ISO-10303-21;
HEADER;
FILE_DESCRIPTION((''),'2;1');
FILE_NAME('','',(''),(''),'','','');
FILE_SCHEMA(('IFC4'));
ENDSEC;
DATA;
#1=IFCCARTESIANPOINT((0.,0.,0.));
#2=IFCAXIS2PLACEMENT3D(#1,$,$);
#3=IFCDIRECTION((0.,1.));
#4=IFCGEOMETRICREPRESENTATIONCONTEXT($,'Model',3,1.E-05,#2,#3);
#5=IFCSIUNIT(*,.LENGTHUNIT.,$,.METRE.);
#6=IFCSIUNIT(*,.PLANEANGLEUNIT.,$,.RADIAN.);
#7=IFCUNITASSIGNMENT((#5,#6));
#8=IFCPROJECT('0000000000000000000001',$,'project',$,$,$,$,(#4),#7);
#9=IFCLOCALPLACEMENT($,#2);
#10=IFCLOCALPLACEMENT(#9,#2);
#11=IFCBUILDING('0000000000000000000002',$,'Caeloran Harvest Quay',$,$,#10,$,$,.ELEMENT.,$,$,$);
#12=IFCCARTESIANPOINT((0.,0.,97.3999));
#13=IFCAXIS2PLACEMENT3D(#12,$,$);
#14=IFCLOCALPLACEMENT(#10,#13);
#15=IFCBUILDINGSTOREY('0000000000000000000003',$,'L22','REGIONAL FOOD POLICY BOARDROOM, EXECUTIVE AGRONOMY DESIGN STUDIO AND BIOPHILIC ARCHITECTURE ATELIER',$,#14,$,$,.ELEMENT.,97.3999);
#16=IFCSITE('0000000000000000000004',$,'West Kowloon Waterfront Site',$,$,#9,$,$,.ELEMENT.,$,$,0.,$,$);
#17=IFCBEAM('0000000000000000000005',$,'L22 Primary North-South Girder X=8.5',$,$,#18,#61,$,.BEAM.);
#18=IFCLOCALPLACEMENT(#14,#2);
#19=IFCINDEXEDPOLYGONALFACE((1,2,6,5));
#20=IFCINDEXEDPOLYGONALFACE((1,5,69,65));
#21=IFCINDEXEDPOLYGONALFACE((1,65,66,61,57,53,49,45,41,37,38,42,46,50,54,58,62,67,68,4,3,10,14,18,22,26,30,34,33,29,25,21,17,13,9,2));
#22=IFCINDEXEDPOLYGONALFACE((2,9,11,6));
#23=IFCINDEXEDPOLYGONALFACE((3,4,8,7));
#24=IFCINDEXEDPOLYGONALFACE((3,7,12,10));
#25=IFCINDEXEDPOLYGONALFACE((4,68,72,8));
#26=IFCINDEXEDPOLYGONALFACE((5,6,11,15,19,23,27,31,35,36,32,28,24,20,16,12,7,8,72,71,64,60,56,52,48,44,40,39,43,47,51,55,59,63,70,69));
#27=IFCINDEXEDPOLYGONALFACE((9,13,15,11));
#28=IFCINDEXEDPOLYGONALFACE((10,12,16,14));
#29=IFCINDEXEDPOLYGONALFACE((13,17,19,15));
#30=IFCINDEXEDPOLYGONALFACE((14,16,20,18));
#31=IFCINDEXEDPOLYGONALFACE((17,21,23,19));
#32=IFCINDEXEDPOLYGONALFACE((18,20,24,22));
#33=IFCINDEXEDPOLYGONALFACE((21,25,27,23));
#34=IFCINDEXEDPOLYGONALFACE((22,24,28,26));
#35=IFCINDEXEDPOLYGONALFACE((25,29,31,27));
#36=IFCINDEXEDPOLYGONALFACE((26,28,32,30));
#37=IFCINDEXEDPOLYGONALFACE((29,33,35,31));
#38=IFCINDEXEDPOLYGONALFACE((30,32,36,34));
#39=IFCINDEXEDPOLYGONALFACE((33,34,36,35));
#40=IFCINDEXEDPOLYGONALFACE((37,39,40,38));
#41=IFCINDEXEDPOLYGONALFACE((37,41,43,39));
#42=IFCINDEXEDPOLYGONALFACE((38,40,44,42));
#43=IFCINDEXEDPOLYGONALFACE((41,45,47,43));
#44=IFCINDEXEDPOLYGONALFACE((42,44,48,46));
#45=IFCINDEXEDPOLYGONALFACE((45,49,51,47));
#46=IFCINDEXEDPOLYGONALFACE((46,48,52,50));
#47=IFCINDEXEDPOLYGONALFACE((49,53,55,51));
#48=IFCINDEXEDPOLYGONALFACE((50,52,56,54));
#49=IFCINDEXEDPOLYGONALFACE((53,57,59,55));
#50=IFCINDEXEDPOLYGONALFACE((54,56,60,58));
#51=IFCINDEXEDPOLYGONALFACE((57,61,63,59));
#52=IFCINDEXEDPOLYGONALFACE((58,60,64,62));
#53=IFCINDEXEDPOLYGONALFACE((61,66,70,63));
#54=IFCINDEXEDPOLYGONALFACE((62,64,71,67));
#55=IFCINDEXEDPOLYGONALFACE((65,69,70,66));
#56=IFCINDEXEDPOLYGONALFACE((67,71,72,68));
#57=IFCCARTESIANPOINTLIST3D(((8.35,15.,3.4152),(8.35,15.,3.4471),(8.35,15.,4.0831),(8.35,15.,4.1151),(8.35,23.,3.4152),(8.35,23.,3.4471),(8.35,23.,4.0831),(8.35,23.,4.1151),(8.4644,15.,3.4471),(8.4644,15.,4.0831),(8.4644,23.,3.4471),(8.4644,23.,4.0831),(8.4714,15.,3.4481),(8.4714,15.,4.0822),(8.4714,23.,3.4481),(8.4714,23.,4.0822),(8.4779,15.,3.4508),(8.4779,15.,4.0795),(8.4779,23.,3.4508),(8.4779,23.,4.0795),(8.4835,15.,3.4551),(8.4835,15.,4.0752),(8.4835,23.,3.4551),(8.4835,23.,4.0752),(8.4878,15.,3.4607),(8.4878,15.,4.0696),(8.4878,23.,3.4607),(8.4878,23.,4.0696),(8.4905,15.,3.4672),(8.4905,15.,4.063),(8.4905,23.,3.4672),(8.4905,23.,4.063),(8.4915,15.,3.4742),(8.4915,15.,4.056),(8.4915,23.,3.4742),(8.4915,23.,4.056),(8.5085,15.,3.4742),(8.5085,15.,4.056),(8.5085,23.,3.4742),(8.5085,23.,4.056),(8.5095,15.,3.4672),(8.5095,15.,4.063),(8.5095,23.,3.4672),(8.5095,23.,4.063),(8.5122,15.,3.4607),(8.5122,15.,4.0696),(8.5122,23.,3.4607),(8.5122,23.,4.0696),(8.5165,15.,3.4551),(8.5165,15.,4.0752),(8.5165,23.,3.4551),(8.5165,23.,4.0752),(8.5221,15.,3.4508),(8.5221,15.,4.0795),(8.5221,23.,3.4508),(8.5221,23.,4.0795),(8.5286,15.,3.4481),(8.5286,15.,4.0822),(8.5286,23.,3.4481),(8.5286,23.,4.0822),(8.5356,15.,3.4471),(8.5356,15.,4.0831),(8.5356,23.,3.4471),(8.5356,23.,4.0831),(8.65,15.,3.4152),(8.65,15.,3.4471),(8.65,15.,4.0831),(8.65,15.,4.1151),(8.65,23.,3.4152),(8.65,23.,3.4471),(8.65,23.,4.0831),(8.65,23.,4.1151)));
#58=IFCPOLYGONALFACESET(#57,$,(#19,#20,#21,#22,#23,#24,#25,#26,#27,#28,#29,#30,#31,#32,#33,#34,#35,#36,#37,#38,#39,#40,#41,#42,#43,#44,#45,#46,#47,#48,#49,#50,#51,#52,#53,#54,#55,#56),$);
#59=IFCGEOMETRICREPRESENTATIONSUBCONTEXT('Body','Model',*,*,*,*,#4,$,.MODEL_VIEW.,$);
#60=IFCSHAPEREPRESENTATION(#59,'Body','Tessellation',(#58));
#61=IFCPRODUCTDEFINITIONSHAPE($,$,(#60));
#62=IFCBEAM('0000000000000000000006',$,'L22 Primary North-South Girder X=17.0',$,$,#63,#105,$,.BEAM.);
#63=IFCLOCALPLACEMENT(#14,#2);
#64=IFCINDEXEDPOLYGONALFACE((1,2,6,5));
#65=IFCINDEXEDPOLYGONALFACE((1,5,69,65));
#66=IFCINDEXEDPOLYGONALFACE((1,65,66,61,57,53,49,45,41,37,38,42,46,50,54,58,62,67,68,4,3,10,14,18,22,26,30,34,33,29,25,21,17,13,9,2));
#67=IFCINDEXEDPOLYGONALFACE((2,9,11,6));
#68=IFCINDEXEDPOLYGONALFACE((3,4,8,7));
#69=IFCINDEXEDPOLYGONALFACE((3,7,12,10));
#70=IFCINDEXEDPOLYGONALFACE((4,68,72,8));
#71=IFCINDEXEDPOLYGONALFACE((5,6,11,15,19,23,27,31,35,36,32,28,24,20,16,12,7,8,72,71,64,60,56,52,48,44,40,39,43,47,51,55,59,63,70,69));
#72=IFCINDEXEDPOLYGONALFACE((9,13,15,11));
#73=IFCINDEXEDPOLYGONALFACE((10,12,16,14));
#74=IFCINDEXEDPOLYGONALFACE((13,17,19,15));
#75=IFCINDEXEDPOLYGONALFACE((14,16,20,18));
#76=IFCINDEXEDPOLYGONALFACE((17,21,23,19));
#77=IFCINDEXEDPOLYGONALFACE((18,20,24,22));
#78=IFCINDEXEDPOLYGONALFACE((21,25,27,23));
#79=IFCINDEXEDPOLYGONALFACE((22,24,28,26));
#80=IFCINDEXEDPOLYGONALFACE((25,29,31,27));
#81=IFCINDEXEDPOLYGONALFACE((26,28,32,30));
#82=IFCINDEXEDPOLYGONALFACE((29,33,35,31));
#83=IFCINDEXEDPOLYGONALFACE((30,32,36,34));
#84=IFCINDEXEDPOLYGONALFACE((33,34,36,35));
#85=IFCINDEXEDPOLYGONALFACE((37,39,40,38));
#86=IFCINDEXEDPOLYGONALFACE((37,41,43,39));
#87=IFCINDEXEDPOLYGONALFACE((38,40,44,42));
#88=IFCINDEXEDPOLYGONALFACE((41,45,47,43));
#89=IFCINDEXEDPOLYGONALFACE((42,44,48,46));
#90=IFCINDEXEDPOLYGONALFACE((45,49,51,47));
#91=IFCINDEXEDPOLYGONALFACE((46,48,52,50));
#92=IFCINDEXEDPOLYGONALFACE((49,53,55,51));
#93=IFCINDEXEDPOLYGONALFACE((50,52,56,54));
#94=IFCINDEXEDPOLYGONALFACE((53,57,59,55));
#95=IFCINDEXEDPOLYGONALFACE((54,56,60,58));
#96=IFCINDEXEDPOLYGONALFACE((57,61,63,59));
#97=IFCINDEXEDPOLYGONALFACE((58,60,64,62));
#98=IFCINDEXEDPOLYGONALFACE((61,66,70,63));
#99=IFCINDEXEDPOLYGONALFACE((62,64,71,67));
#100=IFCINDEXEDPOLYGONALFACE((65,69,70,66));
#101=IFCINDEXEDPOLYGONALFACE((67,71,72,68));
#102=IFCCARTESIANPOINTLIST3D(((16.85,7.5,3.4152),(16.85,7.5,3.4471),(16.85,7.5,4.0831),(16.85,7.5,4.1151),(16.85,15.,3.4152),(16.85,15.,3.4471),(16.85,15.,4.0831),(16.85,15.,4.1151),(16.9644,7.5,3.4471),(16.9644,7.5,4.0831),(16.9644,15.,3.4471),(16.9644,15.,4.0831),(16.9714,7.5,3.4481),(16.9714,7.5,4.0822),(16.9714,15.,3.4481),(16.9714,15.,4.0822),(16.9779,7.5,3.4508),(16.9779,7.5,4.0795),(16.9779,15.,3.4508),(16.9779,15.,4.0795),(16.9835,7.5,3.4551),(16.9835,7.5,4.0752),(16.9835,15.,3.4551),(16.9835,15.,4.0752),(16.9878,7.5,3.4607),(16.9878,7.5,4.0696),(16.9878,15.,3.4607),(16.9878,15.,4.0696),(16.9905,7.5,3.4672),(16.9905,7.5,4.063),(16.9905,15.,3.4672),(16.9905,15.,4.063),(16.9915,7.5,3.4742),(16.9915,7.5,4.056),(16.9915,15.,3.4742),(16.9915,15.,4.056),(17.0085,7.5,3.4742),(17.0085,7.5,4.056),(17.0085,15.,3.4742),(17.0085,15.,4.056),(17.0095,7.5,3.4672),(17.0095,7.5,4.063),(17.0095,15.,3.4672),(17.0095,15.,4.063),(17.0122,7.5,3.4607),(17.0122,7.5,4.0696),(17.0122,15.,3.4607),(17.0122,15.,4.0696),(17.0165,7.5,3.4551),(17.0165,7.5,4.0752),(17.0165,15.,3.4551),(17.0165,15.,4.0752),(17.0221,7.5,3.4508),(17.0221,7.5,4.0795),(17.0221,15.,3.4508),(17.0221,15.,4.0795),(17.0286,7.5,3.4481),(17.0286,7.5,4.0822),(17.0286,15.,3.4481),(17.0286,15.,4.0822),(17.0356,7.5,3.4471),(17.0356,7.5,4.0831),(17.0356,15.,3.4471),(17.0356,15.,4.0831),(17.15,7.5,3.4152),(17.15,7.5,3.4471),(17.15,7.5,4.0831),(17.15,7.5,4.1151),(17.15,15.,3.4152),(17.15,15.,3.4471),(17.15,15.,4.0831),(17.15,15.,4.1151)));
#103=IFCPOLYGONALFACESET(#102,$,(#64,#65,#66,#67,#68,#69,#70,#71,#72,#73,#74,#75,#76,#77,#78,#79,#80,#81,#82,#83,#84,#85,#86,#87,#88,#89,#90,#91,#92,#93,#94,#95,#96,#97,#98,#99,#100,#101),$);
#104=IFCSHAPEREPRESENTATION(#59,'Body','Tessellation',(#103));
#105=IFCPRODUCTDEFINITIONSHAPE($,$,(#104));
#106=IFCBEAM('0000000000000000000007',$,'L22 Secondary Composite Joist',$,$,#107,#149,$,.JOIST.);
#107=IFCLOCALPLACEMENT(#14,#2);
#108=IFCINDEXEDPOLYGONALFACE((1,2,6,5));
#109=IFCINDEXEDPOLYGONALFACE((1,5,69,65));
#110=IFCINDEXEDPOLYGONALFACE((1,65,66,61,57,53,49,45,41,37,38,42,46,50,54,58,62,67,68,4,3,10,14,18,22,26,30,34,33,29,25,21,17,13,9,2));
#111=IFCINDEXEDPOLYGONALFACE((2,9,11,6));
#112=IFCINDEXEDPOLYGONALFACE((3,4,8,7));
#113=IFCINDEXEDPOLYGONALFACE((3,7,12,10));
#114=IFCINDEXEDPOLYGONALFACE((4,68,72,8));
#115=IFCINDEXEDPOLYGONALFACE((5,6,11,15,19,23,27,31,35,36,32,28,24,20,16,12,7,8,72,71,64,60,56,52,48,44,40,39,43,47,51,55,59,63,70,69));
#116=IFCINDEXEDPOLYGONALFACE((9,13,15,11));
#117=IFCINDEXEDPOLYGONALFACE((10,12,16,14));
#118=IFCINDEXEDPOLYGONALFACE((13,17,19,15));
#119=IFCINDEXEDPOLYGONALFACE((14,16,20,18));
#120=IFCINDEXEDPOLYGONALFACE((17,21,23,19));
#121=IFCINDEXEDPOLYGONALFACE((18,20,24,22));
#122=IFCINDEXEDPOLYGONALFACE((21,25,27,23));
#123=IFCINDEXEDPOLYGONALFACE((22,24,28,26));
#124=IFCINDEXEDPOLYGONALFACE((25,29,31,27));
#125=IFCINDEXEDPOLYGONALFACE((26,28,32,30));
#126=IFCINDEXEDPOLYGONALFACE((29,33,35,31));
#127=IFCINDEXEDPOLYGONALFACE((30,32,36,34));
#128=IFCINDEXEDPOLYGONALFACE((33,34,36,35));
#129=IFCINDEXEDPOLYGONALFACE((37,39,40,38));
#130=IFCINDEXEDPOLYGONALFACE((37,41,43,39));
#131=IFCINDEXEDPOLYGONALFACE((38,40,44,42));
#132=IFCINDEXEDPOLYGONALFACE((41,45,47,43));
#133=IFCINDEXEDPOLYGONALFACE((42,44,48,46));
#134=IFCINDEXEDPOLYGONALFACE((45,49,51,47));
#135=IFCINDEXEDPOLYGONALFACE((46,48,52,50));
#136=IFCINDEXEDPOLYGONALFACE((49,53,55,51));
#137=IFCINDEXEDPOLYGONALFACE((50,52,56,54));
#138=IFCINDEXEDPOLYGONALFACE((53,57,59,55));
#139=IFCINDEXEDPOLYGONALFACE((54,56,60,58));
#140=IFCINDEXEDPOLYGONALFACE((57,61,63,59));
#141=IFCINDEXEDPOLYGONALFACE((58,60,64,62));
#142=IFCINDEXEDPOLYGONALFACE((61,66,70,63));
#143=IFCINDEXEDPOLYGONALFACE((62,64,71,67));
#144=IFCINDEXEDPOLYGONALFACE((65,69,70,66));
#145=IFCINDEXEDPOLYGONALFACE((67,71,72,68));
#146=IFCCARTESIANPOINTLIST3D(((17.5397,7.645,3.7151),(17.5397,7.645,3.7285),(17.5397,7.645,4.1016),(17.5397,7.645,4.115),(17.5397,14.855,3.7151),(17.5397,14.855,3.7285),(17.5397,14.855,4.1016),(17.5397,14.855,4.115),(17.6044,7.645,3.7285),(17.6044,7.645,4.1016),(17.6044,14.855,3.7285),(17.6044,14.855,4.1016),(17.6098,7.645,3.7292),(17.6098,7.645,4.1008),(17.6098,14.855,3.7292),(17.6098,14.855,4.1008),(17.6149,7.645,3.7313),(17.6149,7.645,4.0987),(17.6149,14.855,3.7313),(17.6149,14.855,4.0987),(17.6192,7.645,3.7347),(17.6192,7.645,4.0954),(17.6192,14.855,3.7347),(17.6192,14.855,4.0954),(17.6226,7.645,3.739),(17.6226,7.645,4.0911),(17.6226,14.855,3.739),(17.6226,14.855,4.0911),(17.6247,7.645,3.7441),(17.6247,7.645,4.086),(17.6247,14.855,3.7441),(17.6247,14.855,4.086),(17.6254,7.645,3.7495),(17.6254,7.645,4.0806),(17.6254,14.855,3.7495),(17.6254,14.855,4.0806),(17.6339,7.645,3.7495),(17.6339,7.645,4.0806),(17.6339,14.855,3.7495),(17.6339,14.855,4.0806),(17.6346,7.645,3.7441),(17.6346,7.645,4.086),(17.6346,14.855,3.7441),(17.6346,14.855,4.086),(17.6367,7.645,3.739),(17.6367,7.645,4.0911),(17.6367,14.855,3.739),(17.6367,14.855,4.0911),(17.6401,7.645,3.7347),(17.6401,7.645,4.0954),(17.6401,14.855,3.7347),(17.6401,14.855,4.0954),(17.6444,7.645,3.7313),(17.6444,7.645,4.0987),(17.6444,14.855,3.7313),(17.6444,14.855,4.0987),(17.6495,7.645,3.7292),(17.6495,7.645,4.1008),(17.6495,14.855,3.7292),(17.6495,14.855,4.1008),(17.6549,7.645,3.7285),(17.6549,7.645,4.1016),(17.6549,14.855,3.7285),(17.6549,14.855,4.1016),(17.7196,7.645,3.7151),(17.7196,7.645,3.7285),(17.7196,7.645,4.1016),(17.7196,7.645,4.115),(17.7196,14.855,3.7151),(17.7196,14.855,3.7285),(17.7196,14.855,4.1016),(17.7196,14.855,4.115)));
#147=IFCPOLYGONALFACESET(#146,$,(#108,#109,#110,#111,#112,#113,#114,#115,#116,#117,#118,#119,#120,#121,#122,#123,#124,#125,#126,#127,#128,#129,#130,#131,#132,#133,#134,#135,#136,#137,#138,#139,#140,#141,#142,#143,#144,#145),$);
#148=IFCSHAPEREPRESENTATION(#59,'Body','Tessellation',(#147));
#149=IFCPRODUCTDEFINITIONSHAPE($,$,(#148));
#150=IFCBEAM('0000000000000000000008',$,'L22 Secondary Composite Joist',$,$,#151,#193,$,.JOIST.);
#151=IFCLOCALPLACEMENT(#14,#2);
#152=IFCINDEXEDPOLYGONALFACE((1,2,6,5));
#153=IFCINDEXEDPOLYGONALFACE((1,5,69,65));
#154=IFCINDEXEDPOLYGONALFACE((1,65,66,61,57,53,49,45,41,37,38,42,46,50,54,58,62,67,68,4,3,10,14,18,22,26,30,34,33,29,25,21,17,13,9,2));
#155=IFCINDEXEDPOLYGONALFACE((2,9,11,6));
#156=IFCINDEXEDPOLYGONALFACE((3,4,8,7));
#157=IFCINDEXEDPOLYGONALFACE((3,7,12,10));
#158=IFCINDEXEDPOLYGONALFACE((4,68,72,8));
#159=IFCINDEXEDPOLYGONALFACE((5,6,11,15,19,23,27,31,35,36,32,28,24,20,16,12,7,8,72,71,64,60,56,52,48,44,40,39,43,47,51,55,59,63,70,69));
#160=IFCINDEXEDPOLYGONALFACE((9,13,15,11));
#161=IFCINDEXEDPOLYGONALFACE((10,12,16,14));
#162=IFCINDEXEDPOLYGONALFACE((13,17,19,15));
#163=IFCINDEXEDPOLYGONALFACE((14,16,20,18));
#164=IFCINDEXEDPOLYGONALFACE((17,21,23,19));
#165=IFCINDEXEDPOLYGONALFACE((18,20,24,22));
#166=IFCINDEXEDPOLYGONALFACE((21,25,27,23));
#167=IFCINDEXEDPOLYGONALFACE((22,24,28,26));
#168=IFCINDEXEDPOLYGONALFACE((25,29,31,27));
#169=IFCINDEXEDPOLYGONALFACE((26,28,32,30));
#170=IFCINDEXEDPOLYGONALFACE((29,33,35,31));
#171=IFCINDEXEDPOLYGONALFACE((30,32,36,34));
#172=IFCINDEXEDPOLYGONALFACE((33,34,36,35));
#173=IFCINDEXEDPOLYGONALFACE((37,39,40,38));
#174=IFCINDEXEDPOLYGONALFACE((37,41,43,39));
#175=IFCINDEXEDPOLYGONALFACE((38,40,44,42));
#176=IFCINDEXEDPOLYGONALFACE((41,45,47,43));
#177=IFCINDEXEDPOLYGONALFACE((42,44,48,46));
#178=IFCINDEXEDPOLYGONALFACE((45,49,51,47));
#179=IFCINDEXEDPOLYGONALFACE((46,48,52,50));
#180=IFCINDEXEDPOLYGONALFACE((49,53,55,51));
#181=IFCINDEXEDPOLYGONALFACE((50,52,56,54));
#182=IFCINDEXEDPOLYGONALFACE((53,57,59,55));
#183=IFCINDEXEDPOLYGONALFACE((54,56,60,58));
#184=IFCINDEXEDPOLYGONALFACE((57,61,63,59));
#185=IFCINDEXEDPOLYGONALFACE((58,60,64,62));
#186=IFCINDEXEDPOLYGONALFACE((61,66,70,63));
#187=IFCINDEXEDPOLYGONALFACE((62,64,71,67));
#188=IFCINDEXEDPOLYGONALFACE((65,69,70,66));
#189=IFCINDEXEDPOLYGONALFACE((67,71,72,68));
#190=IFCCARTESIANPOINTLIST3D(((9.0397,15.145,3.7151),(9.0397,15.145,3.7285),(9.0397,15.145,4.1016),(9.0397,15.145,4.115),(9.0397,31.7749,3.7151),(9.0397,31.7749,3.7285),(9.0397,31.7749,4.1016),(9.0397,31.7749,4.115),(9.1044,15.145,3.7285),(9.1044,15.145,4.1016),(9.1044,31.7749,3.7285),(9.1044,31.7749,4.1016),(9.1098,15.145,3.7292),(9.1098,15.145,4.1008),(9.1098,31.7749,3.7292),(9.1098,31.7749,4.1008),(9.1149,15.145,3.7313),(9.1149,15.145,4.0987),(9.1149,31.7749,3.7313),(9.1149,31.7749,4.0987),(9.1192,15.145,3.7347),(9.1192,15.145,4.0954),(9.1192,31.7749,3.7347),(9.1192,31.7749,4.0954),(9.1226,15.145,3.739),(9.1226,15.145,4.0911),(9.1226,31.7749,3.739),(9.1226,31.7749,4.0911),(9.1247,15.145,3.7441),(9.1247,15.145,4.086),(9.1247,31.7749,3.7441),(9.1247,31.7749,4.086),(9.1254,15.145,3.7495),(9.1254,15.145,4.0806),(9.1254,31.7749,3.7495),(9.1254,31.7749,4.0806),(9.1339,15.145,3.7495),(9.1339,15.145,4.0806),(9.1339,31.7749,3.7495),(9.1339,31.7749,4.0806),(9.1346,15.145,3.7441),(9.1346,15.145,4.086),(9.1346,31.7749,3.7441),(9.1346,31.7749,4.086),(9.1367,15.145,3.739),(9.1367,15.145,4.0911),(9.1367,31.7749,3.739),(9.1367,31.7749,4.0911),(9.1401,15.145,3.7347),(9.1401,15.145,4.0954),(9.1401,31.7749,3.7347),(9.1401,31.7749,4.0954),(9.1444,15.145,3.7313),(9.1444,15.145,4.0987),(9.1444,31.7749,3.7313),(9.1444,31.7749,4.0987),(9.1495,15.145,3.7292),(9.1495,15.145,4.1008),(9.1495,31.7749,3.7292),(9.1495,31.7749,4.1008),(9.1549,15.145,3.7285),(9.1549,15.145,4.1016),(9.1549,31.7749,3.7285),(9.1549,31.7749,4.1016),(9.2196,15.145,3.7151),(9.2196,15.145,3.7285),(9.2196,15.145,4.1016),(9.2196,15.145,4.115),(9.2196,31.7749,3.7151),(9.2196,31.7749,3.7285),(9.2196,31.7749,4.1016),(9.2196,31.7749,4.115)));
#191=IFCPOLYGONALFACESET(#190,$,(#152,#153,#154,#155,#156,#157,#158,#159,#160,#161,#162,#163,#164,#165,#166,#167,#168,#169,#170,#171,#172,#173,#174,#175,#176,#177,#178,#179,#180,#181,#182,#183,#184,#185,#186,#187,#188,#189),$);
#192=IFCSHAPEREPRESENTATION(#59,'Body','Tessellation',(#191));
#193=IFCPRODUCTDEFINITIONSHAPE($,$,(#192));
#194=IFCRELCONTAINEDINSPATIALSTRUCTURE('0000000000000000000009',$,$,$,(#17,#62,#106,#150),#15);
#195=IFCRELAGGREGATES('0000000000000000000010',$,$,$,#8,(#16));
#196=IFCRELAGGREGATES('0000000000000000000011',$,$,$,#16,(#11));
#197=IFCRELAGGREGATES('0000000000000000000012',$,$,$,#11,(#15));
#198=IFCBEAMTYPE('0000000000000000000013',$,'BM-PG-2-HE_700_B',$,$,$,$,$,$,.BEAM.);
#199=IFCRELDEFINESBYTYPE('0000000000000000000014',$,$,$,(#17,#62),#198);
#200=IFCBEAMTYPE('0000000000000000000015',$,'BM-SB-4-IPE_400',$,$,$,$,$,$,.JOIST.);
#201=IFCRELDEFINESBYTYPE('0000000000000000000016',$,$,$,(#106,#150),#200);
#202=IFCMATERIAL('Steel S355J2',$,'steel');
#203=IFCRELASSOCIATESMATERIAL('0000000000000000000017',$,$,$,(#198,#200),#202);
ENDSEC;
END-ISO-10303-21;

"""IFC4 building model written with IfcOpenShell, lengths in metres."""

from ifc_helpers import new_model, si_unit, direction, frame, origin, origin_2d, place, context, subcontext, project, spatial, i_section, extrude, material, material_profile, profile_set, type_object, element, save


model = new_model("IFC4")

# Units and contexts
model_context = context("Model", 3, precision=1e-05, world=origin(), true_north=direction((0.0, 1.0)))
body_context = subcontext(model_context, "Body", "Model", "MODEL_VIEW")
ifc_project = project(units=[si_unit("LENGTHUNIT", "METRE"), si_unit("PLANEANGLEUNIT", "RADIAN")], contexts=[model_context])

# Site, building, storey
site_placement = place(None, origin())
site = spatial("IfcSite", under=ifc_project, at=site_placement, Name="West Kowloon Waterfront Site", CompositionType="ELEMENT", RefElevation=0.0)
building_placement = place(site_placement, origin())
building = spatial("IfcBuilding", under=site, at=building_placement, Name="Caeloran Harvest Quay", CompositionType="ELEMENT")
storey_placement = place(building_placement, frame((0.0, 0.0, 97.3999)))
storey = spatial("IfcBuildingStorey", under=building, at=storey_placement, Name="L22", Description="REGIONAL FOOD POLICY BOARDROOM, EXECUTIVE AGRONOMY DESIGN STUDIO AND BIOPHILIC ARCHITECTURE ATELIER", CompositionType="ELEMENT", Elevation=97.3999)

# Beams
ifc_material_1 = material(Name="Steel S355J2", Category="steel")
ifc_material_profile_1 = material_profile(ifc_material_1, i_section(OverallWidth=0.3, OverallDepth=0.7, WebThickness=0.0171, FlangeThickness=0.032, FilletRadius=0.0271, at=origin_2d()), Name="HE 700 B")
ifc_profile_set_1 = profile_set([ifc_material_profile_1], Name="Steel S355J2")
beam_type_1 = type_object("IfcBeamType", Name="BM-PG-2-HE_700_B", PredefinedType="BEAM", material=ifc_profile_set_1)
beam_1_placement = place(storey_placement, frame((8.5, 15.0, 3.7651), z_axis=(0.0, 1.0, 0.0), x_axis=(-1.0, 0.0, 0.0)))
element("IfcBeam", 1, at=beam_1_placement, inside=storey, type_object=beam_type_1, Name="L22 Primary North-South Girder X=8.5", PredefinedType="BEAM", context=body_context, shape_type="SweptSolid", body=[
    extrude(i_section(OverallWidth=0.3, OverallDepth=0.7, WebThickness=0.0171, FlangeThickness=0.032, FilletRadius=0.0271, at=origin_2d()), origin(), (0.0, 0.0, 1.0), 8.0),
])
beam_2_placement = place(storey_placement, frame((17.0, 7.5, 3.7651), z_axis=(0.0, 1.0, 0.0), x_axis=(-1.0, 0.0, 0.0)))
element("IfcBeam", 2, at=beam_2_placement, inside=storey, type_object=beam_type_1, Name="L22 Primary North-South Girder X=17.0", PredefinedType="BEAM", context=body_context, shape_type="SweptSolid", body=[
    extrude(i_section(OverallWidth=0.3, OverallDepth=0.7, WebThickness=0.0171, FlangeThickness=0.032, FilletRadius=0.0271, at=origin_2d()), origin(), (0.0, 0.0, 1.0), 7.5),
])
ifc_material_profile_2 = material_profile(ifc_material_1, i_section(OverallWidth=0.1799, OverallDepth=0.3999, WebThickness=0.0085, FlangeThickness=0.0134, FilletRadius=0.021, at=origin_2d()), Name="IPE 400")
ifc_profile_set_2 = profile_set([ifc_material_profile_2], Name="Steel S355J2")
beam_type_2 = type_object("IfcBeamType", Name="BM-SB-4-IPE_400", PredefinedType="JOIST", material=ifc_profile_set_2)
beam_3_placement = place(storey_placement, frame((17.6296, 7.645, 3.915), z_axis=(0.0, 1.0, 0.0), x_axis=(-1.0, 0.0, 0.0)))
element("IfcBeam", 3, at=beam_3_placement, inside=storey, type_object=beam_type_2, Name="L22 Secondary Composite Joist", PredefinedType="JOIST", context=body_context, shape_type="SweptSolid", body=[
    extrude(i_section(OverallWidth=0.1799, OverallDepth=0.3999, WebThickness=0.0085, FlangeThickness=0.0134, FilletRadius=0.021, at=origin_2d()), origin(), (0.0, 0.0, 1.0), 7.21),
])
beam_4_placement = place(storey_placement, frame((9.1296, 15.145, 3.915), z_axis=(0.0, 1.0, 0.0), x_axis=(-1.0, 0.0, 0.0)))
element("IfcBeam", 4, at=beam_4_placement, inside=storey, type_object=beam_type_2, Name="L22 Secondary Composite Joist", PredefinedType="JOIST", context=body_context, shape_type="SweptSolid", body=[
    extrude(i_section(OverallWidth=0.1799, OverallDepth=0.3999, WebThickness=0.0085, FlangeThickness=0.0134, FilletRadius=0.021, at=origin_2d()), origin(), (0.0, 0.0, 1.0), 16.6299),
])

save(model, "model.ifc")
